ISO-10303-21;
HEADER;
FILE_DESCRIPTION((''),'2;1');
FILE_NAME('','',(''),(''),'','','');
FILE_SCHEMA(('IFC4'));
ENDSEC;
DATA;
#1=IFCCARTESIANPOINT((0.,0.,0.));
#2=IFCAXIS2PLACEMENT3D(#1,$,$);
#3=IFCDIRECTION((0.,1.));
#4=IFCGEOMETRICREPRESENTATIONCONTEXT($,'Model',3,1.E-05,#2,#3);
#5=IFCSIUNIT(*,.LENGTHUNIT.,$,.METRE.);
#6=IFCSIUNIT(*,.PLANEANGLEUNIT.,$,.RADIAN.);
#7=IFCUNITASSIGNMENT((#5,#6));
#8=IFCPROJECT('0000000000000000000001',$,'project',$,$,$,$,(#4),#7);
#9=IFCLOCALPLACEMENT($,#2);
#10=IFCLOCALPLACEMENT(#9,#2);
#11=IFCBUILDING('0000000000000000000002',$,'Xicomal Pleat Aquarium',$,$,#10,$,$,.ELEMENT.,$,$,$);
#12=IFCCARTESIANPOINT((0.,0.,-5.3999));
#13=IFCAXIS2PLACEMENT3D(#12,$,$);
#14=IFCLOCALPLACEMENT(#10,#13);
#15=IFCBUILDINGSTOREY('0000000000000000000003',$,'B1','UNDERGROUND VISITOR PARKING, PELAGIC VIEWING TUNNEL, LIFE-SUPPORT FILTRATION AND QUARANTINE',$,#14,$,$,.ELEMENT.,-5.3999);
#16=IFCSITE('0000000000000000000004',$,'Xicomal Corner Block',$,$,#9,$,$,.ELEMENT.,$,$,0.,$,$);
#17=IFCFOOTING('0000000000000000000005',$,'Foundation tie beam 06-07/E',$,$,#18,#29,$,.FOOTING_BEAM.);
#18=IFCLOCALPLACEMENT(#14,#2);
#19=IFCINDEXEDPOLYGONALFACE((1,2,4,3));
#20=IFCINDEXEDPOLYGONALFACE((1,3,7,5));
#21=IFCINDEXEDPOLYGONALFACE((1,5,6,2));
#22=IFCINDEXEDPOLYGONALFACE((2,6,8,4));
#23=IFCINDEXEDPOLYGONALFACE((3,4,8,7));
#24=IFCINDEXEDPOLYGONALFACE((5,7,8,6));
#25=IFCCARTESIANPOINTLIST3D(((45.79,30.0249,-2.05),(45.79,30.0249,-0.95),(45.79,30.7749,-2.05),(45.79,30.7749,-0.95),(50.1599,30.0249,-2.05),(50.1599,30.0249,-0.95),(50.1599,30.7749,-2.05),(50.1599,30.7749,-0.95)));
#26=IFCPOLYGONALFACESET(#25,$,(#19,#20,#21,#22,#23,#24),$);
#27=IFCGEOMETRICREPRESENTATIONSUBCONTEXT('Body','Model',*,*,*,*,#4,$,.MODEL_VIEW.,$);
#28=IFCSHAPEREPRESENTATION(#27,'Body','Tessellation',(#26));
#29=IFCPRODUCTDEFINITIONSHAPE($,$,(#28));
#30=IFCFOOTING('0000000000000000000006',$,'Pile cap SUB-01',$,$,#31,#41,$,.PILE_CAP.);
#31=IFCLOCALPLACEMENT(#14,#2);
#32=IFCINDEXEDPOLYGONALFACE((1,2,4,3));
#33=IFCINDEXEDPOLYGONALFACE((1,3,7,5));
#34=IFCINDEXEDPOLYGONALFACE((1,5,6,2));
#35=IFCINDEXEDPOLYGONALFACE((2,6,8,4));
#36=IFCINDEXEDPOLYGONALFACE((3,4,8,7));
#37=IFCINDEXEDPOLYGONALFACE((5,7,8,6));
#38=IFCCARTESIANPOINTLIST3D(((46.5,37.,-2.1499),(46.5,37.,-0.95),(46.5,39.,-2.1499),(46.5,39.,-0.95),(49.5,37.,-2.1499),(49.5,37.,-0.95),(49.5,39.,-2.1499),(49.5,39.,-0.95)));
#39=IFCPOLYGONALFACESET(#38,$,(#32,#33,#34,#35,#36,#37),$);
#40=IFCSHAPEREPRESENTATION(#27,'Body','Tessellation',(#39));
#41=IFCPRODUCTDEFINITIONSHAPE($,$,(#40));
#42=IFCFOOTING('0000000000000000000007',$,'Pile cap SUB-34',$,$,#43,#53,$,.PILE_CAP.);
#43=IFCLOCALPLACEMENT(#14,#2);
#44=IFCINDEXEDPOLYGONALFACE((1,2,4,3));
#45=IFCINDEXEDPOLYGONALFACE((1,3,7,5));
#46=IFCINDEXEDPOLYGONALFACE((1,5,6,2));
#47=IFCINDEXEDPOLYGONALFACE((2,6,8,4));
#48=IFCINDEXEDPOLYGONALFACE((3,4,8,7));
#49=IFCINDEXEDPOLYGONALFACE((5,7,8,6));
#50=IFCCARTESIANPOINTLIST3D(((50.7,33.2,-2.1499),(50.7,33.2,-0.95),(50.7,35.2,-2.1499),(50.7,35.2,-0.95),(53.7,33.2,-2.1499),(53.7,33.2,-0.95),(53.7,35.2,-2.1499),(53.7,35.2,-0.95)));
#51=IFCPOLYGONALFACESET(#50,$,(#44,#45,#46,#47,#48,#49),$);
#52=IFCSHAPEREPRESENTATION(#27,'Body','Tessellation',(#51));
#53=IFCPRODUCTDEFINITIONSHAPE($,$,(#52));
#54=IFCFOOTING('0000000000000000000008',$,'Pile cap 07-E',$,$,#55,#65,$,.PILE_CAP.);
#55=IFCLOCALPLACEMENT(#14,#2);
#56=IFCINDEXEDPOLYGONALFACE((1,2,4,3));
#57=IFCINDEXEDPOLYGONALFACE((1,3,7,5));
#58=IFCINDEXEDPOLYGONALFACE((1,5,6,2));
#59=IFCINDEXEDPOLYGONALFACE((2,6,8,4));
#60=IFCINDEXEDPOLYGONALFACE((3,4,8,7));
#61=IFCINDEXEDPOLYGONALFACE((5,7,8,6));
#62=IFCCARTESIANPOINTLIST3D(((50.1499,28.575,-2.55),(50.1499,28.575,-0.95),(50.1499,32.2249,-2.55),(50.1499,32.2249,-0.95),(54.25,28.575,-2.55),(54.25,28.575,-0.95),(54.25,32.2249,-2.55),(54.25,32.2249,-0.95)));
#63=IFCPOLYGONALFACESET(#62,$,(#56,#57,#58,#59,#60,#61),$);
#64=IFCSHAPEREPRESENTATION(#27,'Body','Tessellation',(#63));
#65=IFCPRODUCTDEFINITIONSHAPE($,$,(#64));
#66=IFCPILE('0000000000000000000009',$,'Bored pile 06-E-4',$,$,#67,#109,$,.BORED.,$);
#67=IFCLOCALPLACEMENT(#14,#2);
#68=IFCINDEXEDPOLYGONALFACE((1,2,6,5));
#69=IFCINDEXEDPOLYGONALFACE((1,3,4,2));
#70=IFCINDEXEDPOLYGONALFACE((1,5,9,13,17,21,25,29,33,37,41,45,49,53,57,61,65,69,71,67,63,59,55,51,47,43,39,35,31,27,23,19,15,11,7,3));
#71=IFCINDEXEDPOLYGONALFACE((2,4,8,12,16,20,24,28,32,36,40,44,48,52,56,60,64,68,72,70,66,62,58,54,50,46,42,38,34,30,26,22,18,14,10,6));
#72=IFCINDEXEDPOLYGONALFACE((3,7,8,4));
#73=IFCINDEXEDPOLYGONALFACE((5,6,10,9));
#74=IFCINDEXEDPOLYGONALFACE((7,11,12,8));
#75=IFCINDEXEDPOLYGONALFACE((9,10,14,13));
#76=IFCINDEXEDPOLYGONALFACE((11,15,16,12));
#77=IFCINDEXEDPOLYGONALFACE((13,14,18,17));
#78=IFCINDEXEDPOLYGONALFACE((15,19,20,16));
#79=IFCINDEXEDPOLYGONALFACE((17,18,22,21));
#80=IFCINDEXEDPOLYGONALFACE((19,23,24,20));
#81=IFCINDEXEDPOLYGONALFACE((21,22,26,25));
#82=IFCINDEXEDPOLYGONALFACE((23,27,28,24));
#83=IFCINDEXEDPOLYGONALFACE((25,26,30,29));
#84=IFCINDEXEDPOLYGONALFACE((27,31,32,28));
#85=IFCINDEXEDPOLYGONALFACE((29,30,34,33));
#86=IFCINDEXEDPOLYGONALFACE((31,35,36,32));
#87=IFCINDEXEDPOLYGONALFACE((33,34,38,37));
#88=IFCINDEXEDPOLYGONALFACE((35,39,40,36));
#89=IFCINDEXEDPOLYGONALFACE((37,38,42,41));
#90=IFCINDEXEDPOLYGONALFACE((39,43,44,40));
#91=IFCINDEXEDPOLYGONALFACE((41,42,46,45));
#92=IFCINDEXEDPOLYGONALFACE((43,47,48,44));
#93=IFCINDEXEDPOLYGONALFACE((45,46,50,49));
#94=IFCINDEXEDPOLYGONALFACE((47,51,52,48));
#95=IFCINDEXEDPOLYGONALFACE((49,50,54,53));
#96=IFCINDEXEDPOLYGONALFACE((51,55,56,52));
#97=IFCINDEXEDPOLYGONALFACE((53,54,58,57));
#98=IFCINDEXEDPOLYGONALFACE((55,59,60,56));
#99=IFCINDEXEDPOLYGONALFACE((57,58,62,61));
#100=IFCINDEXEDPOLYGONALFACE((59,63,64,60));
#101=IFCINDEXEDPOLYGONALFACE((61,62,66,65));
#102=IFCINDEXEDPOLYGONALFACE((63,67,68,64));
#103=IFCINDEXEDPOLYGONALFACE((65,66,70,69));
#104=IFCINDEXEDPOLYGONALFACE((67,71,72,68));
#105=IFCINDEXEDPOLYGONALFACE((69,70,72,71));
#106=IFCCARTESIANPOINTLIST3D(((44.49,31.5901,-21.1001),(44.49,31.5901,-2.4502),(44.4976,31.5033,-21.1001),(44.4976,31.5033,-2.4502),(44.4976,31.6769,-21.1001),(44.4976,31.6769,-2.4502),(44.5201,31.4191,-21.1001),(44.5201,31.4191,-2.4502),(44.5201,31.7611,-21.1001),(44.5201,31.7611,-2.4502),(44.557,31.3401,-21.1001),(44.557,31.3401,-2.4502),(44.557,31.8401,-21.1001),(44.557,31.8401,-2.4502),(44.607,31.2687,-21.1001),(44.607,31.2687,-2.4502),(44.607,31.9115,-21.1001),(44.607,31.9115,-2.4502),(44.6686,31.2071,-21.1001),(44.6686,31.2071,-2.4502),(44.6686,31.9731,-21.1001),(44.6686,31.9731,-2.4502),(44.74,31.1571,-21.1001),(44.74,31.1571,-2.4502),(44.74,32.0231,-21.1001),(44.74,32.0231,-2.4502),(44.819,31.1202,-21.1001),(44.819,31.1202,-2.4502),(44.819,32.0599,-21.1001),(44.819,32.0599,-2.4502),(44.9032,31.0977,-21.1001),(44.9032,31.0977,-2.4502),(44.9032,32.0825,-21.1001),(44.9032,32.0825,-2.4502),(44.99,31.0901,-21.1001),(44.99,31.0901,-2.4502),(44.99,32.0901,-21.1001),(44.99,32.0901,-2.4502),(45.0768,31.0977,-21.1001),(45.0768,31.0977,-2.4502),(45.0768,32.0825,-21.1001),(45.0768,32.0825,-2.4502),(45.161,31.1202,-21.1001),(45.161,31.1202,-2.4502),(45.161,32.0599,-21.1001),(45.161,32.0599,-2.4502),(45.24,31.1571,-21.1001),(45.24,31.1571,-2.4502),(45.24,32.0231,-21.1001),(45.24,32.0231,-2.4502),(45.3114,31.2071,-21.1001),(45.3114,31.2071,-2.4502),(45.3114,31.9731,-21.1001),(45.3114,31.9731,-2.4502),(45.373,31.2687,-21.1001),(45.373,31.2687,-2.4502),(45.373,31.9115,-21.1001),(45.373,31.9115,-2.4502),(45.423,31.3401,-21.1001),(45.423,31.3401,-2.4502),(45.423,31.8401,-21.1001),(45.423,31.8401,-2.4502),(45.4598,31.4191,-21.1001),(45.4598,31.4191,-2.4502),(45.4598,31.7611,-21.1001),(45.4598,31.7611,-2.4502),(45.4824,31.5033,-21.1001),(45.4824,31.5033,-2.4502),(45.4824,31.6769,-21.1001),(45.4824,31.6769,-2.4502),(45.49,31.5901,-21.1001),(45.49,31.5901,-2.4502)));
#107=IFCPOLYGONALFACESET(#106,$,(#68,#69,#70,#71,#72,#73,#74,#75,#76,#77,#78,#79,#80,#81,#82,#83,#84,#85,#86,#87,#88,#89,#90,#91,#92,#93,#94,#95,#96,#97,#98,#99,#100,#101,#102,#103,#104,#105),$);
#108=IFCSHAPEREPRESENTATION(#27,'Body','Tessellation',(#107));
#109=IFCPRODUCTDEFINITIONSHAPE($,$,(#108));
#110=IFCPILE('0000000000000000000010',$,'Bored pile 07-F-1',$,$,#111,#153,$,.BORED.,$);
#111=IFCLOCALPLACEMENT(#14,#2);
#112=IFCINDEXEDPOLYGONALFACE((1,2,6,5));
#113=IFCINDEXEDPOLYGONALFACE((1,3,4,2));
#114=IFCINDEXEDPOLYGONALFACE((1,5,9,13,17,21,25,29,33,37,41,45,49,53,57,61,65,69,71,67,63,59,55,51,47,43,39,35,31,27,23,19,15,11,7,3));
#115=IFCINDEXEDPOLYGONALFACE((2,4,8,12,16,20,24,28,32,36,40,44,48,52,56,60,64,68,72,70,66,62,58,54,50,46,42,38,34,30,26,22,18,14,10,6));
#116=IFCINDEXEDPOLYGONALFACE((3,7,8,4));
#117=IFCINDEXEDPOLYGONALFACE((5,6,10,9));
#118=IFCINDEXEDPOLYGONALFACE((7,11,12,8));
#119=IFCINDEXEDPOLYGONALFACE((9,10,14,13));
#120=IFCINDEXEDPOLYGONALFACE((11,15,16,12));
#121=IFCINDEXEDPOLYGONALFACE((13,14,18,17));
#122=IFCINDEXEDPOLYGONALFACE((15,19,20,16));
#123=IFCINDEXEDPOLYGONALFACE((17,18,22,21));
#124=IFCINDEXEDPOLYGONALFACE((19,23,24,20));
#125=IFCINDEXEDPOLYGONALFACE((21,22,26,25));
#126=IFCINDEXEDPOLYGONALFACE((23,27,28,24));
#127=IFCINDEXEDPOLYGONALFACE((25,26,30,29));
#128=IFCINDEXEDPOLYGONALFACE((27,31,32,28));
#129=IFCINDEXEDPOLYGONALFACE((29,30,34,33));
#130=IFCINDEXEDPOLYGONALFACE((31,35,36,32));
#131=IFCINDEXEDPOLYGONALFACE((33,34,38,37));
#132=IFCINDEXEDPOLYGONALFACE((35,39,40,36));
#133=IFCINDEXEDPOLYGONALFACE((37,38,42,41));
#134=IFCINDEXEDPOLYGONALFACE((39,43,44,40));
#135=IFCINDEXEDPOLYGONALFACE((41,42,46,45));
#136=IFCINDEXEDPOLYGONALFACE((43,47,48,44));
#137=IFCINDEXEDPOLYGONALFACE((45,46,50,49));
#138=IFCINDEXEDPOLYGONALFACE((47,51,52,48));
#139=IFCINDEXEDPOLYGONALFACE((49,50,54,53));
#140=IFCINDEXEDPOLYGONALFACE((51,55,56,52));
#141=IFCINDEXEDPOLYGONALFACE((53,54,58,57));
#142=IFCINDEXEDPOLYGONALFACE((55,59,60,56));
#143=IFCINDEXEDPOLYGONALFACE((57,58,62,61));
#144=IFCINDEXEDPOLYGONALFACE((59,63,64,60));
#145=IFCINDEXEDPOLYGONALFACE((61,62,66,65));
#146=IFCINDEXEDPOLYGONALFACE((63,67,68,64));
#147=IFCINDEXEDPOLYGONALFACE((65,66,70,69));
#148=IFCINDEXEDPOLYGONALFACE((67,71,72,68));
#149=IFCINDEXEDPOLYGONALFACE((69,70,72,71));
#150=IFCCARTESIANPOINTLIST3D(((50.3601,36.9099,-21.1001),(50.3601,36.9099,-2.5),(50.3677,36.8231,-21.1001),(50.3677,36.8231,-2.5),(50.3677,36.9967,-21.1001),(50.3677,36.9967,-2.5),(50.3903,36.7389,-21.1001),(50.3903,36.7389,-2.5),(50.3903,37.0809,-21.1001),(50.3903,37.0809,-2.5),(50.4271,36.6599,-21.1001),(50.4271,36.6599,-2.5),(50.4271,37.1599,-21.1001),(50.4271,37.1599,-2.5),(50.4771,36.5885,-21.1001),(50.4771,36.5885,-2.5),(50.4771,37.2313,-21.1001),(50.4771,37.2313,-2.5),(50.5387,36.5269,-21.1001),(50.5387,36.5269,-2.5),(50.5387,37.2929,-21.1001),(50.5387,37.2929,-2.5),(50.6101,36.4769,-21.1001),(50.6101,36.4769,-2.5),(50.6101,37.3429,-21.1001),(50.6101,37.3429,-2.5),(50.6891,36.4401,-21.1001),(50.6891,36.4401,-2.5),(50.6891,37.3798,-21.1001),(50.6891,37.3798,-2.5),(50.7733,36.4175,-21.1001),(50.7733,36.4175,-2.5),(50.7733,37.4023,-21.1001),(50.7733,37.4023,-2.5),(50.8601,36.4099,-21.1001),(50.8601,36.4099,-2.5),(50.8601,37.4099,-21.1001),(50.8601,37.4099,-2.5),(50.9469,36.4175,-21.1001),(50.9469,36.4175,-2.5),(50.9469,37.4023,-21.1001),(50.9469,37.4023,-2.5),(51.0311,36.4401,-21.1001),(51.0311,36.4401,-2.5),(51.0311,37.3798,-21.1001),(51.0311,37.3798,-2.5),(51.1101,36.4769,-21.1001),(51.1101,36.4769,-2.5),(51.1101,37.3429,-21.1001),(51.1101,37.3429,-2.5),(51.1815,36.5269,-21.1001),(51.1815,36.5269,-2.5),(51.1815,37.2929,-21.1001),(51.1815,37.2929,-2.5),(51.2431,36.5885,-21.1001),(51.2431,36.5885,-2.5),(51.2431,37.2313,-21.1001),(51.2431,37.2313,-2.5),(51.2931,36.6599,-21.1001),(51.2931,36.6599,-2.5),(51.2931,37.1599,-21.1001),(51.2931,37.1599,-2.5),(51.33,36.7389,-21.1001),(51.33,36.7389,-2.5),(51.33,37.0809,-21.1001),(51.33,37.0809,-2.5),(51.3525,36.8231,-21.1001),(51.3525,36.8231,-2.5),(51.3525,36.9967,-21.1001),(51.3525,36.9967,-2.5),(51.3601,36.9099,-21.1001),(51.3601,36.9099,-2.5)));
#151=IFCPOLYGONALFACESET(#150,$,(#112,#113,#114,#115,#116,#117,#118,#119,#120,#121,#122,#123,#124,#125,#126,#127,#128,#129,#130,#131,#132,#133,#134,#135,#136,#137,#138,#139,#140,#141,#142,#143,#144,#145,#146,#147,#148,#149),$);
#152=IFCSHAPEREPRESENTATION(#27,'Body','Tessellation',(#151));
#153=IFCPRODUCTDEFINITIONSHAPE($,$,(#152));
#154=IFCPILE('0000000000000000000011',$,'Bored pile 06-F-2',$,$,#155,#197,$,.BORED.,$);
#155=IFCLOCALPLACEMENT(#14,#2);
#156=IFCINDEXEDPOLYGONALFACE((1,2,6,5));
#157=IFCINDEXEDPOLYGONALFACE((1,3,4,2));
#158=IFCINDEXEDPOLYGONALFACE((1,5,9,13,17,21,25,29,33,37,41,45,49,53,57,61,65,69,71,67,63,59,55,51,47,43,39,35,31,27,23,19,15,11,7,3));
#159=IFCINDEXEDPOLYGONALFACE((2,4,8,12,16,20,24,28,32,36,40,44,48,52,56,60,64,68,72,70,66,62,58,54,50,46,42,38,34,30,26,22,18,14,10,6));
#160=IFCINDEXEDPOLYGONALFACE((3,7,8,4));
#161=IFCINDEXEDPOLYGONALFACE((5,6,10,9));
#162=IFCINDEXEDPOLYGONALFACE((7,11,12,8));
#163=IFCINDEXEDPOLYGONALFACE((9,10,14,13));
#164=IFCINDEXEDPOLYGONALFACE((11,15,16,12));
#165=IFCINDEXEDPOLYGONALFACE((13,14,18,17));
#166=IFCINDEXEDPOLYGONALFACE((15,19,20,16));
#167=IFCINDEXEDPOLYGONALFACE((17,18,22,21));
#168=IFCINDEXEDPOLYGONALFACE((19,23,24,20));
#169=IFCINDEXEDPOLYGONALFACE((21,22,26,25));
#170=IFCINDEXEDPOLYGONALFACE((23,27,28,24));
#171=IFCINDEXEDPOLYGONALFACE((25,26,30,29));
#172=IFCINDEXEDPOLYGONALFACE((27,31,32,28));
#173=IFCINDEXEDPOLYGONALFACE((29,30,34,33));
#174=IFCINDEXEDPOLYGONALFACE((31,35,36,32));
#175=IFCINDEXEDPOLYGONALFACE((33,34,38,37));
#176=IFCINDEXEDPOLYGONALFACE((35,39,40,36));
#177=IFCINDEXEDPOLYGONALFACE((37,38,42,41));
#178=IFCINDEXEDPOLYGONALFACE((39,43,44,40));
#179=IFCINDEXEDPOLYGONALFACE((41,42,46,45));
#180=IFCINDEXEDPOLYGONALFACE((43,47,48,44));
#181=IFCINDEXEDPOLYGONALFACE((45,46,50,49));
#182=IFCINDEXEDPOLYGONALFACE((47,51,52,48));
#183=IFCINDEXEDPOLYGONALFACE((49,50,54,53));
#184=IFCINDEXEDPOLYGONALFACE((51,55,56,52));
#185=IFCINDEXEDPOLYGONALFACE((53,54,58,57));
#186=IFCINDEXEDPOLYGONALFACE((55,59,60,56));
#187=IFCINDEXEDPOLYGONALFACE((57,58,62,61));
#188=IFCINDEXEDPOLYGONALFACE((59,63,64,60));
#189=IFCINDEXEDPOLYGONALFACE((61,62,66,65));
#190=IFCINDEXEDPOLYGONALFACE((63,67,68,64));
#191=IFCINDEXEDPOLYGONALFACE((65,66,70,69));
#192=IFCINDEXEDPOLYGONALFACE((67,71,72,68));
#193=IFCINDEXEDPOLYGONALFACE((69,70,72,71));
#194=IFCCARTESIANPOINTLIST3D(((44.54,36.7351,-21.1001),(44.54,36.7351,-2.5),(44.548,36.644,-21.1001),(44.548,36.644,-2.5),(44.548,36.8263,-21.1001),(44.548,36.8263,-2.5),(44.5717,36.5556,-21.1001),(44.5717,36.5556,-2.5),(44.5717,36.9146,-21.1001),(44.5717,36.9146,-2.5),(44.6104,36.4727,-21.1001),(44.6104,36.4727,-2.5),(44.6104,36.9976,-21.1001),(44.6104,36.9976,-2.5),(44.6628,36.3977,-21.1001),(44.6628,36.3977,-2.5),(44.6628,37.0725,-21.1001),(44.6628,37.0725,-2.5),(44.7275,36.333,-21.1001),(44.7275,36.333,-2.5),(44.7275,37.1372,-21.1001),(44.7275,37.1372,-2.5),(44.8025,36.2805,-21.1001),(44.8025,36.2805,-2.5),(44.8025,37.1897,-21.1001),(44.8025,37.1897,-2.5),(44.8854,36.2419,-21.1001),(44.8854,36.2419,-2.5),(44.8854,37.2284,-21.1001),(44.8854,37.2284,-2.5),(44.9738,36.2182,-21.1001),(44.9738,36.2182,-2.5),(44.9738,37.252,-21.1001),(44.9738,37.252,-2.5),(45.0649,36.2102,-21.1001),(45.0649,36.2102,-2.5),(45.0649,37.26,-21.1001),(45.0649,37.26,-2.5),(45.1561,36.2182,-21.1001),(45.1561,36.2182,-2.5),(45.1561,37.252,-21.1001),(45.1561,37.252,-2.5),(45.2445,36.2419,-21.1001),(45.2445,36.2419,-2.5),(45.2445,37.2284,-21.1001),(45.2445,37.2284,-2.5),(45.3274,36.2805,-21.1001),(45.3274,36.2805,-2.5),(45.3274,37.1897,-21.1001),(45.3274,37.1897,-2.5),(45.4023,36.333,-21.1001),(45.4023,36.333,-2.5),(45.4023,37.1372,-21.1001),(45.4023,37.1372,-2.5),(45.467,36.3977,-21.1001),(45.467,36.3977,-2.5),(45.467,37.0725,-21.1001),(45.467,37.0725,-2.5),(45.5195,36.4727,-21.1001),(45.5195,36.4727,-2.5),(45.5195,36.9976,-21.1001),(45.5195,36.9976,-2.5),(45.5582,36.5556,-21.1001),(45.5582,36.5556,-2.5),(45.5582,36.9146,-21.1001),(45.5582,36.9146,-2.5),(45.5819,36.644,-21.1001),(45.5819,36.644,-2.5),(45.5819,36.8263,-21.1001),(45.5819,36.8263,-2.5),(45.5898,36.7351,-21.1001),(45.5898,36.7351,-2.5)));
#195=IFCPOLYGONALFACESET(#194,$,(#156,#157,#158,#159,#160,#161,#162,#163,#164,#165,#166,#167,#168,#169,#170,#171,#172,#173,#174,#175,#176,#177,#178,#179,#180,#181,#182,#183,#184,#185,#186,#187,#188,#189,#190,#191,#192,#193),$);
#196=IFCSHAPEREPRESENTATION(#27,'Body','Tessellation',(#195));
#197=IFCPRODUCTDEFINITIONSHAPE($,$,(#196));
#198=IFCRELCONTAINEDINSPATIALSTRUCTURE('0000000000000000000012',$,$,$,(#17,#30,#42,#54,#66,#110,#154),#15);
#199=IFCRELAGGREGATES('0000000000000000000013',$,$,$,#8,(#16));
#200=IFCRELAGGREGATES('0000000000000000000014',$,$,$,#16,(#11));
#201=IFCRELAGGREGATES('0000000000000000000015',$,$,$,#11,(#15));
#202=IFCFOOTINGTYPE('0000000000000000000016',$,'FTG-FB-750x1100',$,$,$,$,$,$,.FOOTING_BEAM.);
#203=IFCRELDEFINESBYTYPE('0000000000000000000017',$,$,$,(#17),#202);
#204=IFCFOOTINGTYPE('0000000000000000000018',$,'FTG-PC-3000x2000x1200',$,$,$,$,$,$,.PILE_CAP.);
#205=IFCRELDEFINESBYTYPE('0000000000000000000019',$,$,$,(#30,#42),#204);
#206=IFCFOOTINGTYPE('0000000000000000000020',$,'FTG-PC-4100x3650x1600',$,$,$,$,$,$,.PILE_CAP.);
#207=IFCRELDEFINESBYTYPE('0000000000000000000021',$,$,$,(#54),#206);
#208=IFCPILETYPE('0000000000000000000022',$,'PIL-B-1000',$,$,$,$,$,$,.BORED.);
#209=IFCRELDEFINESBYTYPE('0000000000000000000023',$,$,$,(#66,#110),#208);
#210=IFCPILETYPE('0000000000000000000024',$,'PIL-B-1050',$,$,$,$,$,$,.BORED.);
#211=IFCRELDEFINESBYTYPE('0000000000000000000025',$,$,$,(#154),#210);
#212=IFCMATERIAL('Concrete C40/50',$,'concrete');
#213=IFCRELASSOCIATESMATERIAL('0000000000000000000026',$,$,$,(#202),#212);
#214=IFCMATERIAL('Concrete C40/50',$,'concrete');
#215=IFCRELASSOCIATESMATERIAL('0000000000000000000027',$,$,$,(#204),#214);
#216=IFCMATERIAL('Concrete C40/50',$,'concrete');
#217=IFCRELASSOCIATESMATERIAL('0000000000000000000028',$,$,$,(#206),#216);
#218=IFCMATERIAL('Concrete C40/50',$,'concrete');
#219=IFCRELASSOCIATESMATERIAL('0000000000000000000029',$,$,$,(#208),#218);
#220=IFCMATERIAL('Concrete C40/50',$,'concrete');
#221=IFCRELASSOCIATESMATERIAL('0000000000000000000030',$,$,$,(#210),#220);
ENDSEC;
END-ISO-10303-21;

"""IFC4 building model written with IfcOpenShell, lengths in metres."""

from ifc_helpers import new_model, si_unit, direction, frame, origin, origin_2d, place, context, subcontext, project, spatial, rectangle, circle, extrude, material, material_profile, profile_set, type_object, element, save


model = new_model("IFC4")

# Units and contexts
model_context = context("Model", 3, precision=1e-05, world=origin(), true_north=direction((0.0, 1.0)))
body_context = subcontext(model_context, "Body", "Model", "MODEL_VIEW")
ifc_project = project(units=[si_unit("LENGTHUNIT", "METRE"), si_unit("PLANEANGLEUNIT", "RADIAN")], contexts=[model_context])

# Site, building, storey
site_placement = place(None, origin())
site = spatial("IfcSite", under=ifc_project, at=site_placement, Name="Xicomal Corner Block", CompositionType="ELEMENT", RefElevation=0.0)
building_placement = place(site_placement, origin())
building = spatial("IfcBuilding", under=site, at=building_placement, Name="Xicomal Pleat Aquarium", CompositionType="ELEMENT")
storey_placement = place(building_placement, frame((0.0, 0.0, -5.3999)))
storey = spatial("IfcBuildingStorey", under=building, at=storey_placement, Name="B1", Description="UNDERGROUND VISITOR PARKING, PELAGIC VIEWING TUNNEL, LIFE-SUPPORT FILTRATION AND QUARANTINE", CompositionType="ELEMENT", Elevation=-5.3999)

# Footings
ifc_material_1 = material(Name="Concrete C40/50", Category="concrete")
ifc_material_profile_1 = material_profile(ifc_material_1, rectangle(XDim=0.75, YDim=1.1001, at=origin_2d()), Name="FB-04 750x1100")
ifc_profile_set_1 = profile_set([ifc_material_profile_1], Name="Concrete C40/50")
footing_type_1 = type_object("IfcFootingType", Name="FTG-FB-750x1100", PredefinedType="FOOTING_BEAM", material=ifc_profile_set_1)
footing_1_placement = place(storey_placement, frame((45.79, 30.3999, -1.5), z_axis=(1.0, 0.0, 0.0), x_axis=(0.0, 1.0, 0.0)))
element("IfcFooting", 1, at=footing_1_placement, inside=storey, type_object=footing_type_1, Name="Foundation tie beam 06-07/E", PredefinedType="FOOTING_BEAM", context=body_context, shape_type="SweptSolid", body=[
    extrude(rectangle(XDim=0.75, YDim=1.1001, at=origin_2d()), origin(), (0.0, 0.0, 1.0), 4.3699),
])
ifc_material_2 = material(Name="Concrete C40/50", Category="concrete")
footing_type_2 = type_object("IfcFootingType", Name="FTG-PC-3000x2000x1200", PredefinedType="PILE_CAP", material=ifc_material_2)
for number, where, z_axis, x_axis, name in (
    (2, (48.0, 38.0, -2.1499), (0.0, 0.0, 1.0), (1.0, 0.0, 0.0), "Pile cap SUB-01"),
    (3, (52.2, 34.2, -2.1499), (0.0, 0.0, 1.0), (1.0, 0.0, 0.0), "Pile cap SUB-34"),
):
    element("IfcFooting", number, at=place(storey_placement, frame(where, z_axis=z_axis, x_axis=x_axis)), inside=storey, type_object=footing_type_2, Name=name, PredefinedType="PILE_CAP", context=body_context, shape_type="SweptSolid", body=[
        extrude(rectangle(XDim=3.0, YDim=2.0, at=origin_2d()), origin(), (0.0, 0.0, 1.0), 1.2),
    ])
ifc_material_3 = material(Name="Concrete C40/50", Category="concrete")
footing_type_3 = type_object("IfcFootingType", Name="FTG-PC-4100x3650x1600", PredefinedType="PILE_CAP", material=ifc_material_3)
footing_2_placement = place(storey_placement, frame((52.2, 30.3999, -2.55), z_axis=(0.0, 0.0, 1.0), x_axis=(1.0, 0.0, 0.0)))
element("IfcFooting", 4, at=footing_2_placement, inside=storey, type_object=footing_type_3, Name="Pile cap 07-E", PredefinedType="PILE_CAP", context=body_context, shape_type="SweptSolid", body=[
    extrude(rectangle(XDim=4.1001, YDim=3.6499, at=origin_2d()), origin(), (0.0, 0.0, 1.0), 1.6001),
])

# Piles
ifc_material_4 = material(Name="Concrete C40/50", Category="concrete")
ifc_material_profile_2 = material_profile(ifc_material_4, circle(Radius=0.5, at=origin_2d()), Name="BORED PILE D1000")
ifc_profile_set_2 = profile_set([ifc_material_profile_2], Name="Concrete C40/50")
pile_type_1 = type_object("IfcPileType", Name="PIL-B-1000", PredefinedType="BORED", material=ifc_profile_set_2)
pile_1_placement = place(storey_placement, frame((44.99, 31.5901, -2.4502), z_axis=(0.0, 0.0, -1.0), x_axis=(1.0, 0.0, 0.0)))
element("IfcPile", 5, at=pile_1_placement, inside=storey, type_object=pile_type_1, Name="Bored pile 06-E-4", PredefinedType="BORED", context=body_context, shape_type="SweptSolid", body=[
    extrude(circle(Radius=0.5, at=origin_2d()), origin(), (0.0, 0.0, 1.0), 18.6499),
])
pile_2_placement = place(storey_placement, frame((50.8601, 36.9099, -2.5), z_axis=(0.0, 0.0, -1.0), x_axis=(1.0, 0.0, 0.0)))
element("IfcPile", 6, at=pile_2_placement, inside=storey, type_object=pile_type_1, Name="Bored pile 07-F-1", PredefinedType="BORED", context=body_context, shape_type="SweptSolid", body=[
    extrude(circle(Radius=0.5, at=origin_2d()), origin(), (0.0, 0.0, 1.0), 18.6001),
])
ifc_material_5 = material(Name="Concrete C40/50", Category="concrete")
ifc_material_profile_3 = material_profile(ifc_material_5, circle(Radius=0.5249, at=origin_2d()), Name="BORED PILE D1050")
ifc_profile_set_3 = profile_set([ifc_material_profile_3], Name="Concrete C40/50")
pile_type_2 = type_object("IfcPileType", Name="PIL-B-1050", PredefinedType="BORED", material=ifc_profile_set_3)
pile_3_placement = place(storey_placement, frame((45.0649, 36.7351, -2.5), z_axis=(0.0, 0.0, -1.0), x_axis=(1.0, 0.0, 0.0)))
element("IfcPile", 7, at=pile_3_placement, inside=storey, type_object=pile_type_2, Name="Bored pile 06-F-2", PredefinedType="BORED", context=body_context, shape_type="SweptSolid", body=[
    extrude(circle(Radius=0.5249, at=origin_2d()), origin(), (0.0, 0.0, 1.0), 18.6001),
])

save(model, "model.ifc")
